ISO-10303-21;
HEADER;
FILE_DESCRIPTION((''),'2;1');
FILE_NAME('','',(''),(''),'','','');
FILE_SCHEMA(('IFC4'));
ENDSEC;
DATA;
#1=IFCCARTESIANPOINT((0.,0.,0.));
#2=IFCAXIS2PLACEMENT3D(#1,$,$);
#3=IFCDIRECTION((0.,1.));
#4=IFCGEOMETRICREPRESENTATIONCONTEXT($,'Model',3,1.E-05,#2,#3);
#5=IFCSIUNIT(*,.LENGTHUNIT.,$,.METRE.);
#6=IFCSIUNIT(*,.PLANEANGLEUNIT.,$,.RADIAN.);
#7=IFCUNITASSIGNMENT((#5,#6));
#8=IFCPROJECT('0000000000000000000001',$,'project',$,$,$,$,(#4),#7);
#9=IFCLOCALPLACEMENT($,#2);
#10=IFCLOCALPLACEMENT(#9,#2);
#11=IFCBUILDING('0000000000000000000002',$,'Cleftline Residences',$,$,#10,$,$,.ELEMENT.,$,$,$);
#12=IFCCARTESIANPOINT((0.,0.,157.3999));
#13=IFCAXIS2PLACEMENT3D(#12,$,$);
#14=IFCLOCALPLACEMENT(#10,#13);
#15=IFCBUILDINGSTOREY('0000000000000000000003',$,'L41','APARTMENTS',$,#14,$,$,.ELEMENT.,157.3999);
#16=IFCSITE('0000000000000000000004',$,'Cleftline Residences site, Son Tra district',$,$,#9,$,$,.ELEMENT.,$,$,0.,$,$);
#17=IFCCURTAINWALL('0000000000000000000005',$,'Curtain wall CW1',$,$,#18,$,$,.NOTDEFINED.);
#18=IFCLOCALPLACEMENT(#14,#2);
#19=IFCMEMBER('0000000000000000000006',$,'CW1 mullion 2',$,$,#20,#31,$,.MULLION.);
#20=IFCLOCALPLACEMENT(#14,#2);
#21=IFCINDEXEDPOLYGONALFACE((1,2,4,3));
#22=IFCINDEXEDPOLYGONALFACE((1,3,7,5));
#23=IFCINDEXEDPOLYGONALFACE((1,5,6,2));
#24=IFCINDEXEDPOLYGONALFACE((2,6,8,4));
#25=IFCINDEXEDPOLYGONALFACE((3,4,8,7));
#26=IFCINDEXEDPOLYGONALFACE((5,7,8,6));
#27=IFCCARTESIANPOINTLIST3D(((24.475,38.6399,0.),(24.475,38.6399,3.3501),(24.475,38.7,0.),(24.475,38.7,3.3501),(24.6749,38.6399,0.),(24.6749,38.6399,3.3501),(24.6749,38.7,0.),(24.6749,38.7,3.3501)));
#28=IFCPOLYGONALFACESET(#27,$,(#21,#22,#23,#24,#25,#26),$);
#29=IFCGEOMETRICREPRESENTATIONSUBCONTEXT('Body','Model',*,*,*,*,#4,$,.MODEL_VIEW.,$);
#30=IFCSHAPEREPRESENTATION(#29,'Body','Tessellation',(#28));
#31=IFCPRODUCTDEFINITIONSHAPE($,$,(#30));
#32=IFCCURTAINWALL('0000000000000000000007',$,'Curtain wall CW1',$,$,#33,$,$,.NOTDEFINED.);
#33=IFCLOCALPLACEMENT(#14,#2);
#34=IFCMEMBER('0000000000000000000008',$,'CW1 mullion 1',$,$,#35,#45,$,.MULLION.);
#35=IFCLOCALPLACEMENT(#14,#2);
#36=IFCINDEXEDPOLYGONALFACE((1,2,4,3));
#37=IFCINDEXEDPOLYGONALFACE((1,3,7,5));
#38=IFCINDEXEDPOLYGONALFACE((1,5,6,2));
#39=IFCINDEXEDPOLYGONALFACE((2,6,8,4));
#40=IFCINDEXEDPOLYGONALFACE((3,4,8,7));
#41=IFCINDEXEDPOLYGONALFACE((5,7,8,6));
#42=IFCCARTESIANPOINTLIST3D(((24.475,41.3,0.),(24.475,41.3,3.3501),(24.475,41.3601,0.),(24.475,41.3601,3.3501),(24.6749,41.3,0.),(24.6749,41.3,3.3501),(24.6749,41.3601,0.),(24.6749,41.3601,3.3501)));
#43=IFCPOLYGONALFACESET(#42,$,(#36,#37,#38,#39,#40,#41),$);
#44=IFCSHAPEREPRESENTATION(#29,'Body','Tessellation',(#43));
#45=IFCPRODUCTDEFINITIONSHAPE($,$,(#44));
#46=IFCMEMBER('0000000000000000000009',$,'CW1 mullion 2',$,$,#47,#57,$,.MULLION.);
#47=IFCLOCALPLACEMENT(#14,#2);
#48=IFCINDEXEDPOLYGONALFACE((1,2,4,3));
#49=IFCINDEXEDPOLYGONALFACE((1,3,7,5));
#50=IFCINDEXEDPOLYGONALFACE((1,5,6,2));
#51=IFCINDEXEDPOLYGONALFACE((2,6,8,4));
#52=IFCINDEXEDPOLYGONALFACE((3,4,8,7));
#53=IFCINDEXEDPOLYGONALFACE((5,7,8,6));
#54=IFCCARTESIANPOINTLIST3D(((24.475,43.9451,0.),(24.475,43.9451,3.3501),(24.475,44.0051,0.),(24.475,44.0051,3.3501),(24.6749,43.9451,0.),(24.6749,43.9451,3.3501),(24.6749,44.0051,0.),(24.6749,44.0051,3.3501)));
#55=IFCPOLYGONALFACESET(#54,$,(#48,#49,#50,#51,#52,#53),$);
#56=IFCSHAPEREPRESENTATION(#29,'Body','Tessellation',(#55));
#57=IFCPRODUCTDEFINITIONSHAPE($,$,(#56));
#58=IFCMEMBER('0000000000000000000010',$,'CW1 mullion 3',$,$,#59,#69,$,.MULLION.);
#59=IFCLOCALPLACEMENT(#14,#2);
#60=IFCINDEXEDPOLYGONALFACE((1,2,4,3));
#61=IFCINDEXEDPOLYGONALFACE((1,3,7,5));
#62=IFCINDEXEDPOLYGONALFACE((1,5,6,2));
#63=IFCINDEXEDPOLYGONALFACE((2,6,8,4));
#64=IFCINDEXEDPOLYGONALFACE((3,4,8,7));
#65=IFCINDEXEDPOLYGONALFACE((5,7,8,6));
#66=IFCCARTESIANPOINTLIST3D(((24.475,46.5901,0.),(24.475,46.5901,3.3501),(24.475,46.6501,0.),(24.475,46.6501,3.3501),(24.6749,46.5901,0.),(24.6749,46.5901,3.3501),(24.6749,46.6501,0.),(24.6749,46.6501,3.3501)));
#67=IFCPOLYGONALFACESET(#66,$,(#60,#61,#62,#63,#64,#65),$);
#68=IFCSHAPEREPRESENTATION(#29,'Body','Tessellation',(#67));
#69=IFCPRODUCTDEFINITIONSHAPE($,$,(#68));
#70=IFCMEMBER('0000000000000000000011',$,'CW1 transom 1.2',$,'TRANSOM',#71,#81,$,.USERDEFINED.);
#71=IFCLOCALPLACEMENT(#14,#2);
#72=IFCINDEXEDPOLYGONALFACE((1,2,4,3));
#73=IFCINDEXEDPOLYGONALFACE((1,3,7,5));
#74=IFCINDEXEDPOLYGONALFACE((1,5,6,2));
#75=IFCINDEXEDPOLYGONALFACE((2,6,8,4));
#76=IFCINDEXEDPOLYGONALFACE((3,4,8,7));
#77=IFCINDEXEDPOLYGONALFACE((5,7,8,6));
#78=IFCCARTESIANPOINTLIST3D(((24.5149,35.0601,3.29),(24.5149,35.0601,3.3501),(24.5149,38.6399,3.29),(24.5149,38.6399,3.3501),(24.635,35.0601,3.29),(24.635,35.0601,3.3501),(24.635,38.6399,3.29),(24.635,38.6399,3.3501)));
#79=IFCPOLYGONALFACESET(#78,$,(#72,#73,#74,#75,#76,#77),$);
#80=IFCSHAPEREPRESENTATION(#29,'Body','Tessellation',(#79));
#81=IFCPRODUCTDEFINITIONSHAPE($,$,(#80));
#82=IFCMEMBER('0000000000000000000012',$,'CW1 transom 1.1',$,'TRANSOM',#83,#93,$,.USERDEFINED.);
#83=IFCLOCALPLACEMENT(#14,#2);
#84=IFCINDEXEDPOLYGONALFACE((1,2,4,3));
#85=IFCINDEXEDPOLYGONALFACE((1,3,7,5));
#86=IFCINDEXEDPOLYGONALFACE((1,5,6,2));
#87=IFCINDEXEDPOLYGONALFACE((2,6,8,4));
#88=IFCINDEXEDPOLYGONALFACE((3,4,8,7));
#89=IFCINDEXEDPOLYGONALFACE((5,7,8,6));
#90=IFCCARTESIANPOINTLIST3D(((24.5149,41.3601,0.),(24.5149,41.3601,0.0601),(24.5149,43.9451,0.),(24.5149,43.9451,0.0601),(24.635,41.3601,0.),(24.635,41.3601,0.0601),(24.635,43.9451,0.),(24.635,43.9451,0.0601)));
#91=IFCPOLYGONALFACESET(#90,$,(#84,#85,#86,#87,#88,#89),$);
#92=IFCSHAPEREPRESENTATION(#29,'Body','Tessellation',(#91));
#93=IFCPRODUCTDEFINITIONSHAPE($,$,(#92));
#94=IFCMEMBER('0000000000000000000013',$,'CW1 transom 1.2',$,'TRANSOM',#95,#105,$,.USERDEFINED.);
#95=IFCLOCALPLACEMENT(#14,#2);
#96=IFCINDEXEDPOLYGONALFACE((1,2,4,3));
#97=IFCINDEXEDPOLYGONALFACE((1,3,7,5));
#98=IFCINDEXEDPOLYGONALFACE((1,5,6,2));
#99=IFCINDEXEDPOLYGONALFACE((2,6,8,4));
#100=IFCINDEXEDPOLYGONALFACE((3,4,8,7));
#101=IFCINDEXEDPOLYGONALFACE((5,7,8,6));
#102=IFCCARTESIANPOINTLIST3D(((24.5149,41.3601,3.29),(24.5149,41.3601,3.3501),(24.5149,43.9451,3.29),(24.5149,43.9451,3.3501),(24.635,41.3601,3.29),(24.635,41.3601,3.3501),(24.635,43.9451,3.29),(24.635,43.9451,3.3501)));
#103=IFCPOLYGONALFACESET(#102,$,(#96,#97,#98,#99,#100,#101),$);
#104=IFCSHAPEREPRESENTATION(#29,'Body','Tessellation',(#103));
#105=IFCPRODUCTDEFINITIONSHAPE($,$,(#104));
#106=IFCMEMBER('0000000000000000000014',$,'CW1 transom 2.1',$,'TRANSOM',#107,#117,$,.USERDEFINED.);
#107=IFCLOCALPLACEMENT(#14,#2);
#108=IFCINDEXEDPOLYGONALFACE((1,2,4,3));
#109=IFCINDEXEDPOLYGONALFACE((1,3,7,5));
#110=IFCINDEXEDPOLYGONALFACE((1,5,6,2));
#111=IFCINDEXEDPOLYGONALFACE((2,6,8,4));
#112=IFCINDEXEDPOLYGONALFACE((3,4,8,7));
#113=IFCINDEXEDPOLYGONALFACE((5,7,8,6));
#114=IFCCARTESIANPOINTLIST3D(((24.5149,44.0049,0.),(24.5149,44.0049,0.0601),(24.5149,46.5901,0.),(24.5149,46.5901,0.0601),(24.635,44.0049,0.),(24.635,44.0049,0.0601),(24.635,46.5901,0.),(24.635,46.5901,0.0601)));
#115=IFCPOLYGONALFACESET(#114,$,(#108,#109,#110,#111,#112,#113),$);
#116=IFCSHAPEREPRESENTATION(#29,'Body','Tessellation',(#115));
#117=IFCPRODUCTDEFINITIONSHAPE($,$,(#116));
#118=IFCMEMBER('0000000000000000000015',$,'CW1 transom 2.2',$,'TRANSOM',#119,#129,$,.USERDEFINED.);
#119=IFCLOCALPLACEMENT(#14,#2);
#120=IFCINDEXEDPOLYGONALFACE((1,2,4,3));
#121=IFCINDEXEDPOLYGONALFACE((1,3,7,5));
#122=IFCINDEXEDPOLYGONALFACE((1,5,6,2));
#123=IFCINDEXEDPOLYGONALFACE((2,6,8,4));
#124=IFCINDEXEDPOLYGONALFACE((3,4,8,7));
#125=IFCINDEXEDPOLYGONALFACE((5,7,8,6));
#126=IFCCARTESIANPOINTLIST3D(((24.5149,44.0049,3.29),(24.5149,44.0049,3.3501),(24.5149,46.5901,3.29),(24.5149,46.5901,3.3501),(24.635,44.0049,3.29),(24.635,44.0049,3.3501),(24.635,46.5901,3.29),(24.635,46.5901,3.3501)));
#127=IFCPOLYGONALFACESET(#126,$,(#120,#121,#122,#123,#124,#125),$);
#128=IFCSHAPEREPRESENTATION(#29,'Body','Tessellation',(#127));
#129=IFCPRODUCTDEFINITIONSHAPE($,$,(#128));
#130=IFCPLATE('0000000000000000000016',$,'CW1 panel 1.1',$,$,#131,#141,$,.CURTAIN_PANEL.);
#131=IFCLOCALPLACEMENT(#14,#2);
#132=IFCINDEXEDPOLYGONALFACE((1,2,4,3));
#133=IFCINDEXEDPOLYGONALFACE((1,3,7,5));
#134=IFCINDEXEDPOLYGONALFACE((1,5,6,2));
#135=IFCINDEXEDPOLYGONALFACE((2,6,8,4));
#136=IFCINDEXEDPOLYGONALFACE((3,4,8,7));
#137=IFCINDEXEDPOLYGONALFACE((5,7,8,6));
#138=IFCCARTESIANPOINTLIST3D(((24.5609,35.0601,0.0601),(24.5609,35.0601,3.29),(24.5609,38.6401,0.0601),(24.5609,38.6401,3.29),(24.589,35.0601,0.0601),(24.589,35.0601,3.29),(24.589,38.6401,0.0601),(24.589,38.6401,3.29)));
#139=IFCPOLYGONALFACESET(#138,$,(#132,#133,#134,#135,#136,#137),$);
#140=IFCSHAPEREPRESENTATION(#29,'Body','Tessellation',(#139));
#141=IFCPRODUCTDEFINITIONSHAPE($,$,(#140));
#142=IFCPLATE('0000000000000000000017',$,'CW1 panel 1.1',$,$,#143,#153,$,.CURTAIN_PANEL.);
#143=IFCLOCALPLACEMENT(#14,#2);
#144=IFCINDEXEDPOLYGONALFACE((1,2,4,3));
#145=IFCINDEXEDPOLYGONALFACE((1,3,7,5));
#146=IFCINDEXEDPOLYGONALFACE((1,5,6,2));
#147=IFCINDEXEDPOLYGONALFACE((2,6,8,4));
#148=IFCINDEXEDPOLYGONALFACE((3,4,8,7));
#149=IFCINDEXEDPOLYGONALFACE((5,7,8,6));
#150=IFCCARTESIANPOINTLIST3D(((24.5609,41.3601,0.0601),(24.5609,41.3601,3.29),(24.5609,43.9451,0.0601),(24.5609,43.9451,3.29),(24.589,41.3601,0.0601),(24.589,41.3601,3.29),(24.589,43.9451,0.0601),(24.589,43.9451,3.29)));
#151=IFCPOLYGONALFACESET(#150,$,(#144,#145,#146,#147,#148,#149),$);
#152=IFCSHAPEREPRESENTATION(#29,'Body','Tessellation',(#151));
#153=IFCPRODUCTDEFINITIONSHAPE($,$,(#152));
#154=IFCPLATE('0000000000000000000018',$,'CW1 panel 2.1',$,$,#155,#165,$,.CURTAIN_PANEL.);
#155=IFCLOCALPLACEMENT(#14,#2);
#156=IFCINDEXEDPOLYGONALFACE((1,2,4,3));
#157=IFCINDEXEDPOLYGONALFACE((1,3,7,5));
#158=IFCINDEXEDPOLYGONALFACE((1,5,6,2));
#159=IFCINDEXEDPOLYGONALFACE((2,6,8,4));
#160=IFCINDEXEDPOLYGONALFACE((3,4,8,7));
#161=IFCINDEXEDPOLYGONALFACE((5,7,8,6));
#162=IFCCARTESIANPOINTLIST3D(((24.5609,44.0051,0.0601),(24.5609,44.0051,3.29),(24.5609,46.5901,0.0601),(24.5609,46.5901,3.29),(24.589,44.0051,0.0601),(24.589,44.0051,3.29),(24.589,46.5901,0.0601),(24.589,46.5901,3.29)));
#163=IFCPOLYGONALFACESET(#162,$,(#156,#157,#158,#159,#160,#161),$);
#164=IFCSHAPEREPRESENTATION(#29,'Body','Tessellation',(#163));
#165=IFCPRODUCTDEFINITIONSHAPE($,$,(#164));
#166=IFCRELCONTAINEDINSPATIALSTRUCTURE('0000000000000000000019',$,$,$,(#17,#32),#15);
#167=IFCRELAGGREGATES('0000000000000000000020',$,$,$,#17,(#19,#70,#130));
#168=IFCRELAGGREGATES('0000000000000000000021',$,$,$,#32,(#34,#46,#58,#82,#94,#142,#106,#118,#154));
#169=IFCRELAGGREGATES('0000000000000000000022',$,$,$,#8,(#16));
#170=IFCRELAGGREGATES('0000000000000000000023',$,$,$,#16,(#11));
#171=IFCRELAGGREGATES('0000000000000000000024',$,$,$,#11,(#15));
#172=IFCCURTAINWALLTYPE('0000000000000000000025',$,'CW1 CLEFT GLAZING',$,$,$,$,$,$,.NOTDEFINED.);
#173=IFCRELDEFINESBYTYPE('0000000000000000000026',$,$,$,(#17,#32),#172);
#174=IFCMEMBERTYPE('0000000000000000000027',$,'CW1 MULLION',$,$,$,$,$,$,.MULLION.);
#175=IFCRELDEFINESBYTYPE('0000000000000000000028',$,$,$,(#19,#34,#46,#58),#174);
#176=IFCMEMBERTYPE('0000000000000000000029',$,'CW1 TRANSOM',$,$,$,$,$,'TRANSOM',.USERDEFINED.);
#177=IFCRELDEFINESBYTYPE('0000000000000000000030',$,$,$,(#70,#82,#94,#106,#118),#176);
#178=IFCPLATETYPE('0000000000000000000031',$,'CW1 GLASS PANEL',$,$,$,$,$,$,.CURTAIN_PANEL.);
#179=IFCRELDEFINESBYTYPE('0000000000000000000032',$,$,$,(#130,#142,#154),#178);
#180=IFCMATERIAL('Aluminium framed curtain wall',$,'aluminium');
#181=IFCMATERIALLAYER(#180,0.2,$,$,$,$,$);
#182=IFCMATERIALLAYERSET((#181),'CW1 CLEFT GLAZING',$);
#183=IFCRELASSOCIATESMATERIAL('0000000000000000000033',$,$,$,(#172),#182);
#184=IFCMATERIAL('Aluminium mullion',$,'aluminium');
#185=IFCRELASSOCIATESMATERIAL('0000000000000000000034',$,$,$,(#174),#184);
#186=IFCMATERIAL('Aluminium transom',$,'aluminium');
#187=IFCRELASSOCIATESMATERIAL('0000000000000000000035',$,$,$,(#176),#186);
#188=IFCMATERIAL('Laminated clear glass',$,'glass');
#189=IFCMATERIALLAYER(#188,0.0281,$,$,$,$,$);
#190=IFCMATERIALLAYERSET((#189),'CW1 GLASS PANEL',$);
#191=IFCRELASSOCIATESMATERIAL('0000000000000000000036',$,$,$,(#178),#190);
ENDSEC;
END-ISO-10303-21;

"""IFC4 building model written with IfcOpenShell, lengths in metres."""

from ifc_helpers import new_model, si_unit, direction, frame, origin, origin_2d, place, context, subcontext, project, spatial, rectangle, extrude, material, layer, layer_set, material_profile, profile_set, type_object, element, aggregate, save


model = new_model("IFC4")

# Units and contexts
model_context = context("Model", 3, precision=1e-05, world=origin(), true_north=direction((0.0, 1.0)))
body_context = subcontext(model_context, "Body", "Model", "MODEL_VIEW")
ifc_project = project(units=[si_unit("LENGTHUNIT", "METRE"), si_unit("PLANEANGLEUNIT", "RADIAN")], contexts=[model_context])

# Site, building, storey
site_placement = place(None, origin())
site = spatial("IfcSite", under=ifc_project, at=site_placement, Name="Cleftline Residences site, Son Tra district", CompositionType="ELEMENT", RefElevation=0.0)
building_placement = place(site_placement, origin())
building = spatial("IfcBuilding", under=site, at=building_placement, Name="Cleftline Residences", CompositionType="ELEMENT")
storey_placement = place(building_placement, frame((0.0, 0.0, 157.3999)))
storey = spatial("IfcBuildingStorey", under=building, at=storey_placement, Name="L41", Description="APARTMENTS", CompositionType="ELEMENT", Elevation=157.3999)

# Curtain wall, member
ifc_material_1 = material(Name="Aluminium framed curtain wall", Category="aluminium")
ifc_layer_1 = layer(ifc_material_1, 0.2)
ifc_layer_set_1 = layer_set([ifc_layer_1], Name="CW1 CLEFT GLAZING")
curtain_wall_type = type_object("IfcCurtainWallType", Name="CW1 CLEFT GLAZING", PredefinedType="NOTDEFINED", material=ifc_layer_set_1)
curtain_wall_1_placement = place(storey_placement, origin())
curtain_wall_1 = element("IfcCurtainWall", 1, at=curtain_wall_1_placement, inside=storey, type_object=curtain_wall_type, Name="Curtain wall CW1", PredefinedType="NOTDEFINED")
ifc_material_2 = material(Name="Aluminium mullion", Category="aluminium")
ifc_material_profile_1 = material_profile(ifc_material_2, rectangle(XDim=0.2, YDim=0.0601, at=origin_2d()))
ifc_profile_set_1 = profile_set([ifc_material_profile_1], Name="Aluminium mullion")
member_type_1 = type_object("IfcMemberType", Name="CW1 MULLION", PredefinedType="MULLION", material=ifc_profile_set_1)
member_1_placement = place(storey_placement, frame((24.575, 38.6699, 0.0), z_axis=(0.0, 0.0, 1.0), x_axis=(-1.0, 0.0, 0.0)))
member_1 = element("IfcMember", 2, at=member_1_placement, type_object=member_type_1, Name="CW1 mullion 2", PredefinedType="MULLION", context=body_context, shape_type="SweptSolid", body=[
    extrude(rectangle(XDim=0.2, YDim=0.0601, at=origin_2d()), origin(), (0.0, 0.0, 1.0), 3.3501),
])

# Curtain wall, members
curtain_wall_2_placement = place(storey_placement, origin())
curtain_wall_2 = element("IfcCurtainWall", 3, at=curtain_wall_2_placement, inside=storey, type_object=curtain_wall_type, Name="Curtain wall CW1", PredefinedType="NOTDEFINED")
member_2_placement = place(storey_placement, frame((24.575, 41.3301, 0.0), z_axis=(0.0, 0.0, 1.0), x_axis=(-1.0, 0.0, 0.0)))
member_2 = element("IfcMember", 4, at=member_2_placement, type_object=member_type_1, Name="CW1 mullion 1", PredefinedType="MULLION", context=body_context, shape_type="SweptSolid", body=[
    extrude(rectangle(XDim=0.2, YDim=0.0601, at=origin_2d()), origin(), (0.0, 0.0, 1.0), 3.3501),
])
member_3_placement = place(storey_placement, frame((24.575, 43.9751, 0.0), z_axis=(0.0, 0.0, 1.0), x_axis=(-1.0, 0.0, 0.0)))
member_3 = element("IfcMember", 5, at=member_3_placement, type_object=member_type_1, Name="CW1 mullion 2", PredefinedType="MULLION", context=body_context, shape_type="SweptSolid", body=[
    extrude(rectangle(XDim=0.2, YDim=0.0601, at=origin_2d()), origin(), (0.0, 0.0, 1.0), 3.3501),
])
member_4_placement = place(storey_placement, frame((24.575, 46.6201, 0.0), z_axis=(0.0, 0.0, 1.0), x_axis=(-1.0, 0.0, 0.0)))
member_4 = element("IfcMember", 6, at=member_4_placement, type_object=member_type_1, Name="CW1 mullion 3", PredefinedType="MULLION", context=body_context, shape_type="SweptSolid", body=[
    extrude(rectangle(XDim=0.2, YDim=0.0601, at=origin_2d()), origin(), (0.0, 0.0, 1.0), 3.3501),
])

# Members
ifc_material_3 = material(Name="Aluminium transom", Category="aluminium")
ifc_material_profile_2 = material_profile(ifc_material_3, rectangle(XDim=0.1201, YDim=0.0601, at=origin_2d()))
ifc_profile_set_2 = profile_set([ifc_material_profile_2], Name="Aluminium transom")
member_type_2 = type_object("IfcMemberType", Name="CW1 TRANSOM", ElementType="TRANSOM", PredefinedType="USERDEFINED", material=ifc_profile_set_2)
member_5_placement = place(storey_placement, frame((24.575, 35.0601, 3.3201), z_axis=(0.0, 1.0, 0.0), x_axis=(-1.0, 0.0, 0.0)))
member_5 = element("IfcMember", 7, at=member_5_placement, type_object=member_type_2, Name="CW1 transom 1.2", ObjectType="TRANSOM", PredefinedType="USERDEFINED", context=body_context, shape_type="SweptSolid", body=[
    extrude(rectangle(XDim=0.1201, YDim=0.0601, at=origin_2d()), origin(), (0.0, 0.0, 1.0), 3.5798),
])
member_6_placement = place(storey_placement, frame((24.575, 41.3601, 0.03), z_axis=(0.0, 1.0, 0.0), x_axis=(-1.0, 0.0, 0.0)))
member_6 = element("IfcMember", 8, at=member_6_placement, type_object=member_type_2, Name="CW1 transom 1.1", ObjectType="TRANSOM", PredefinedType="USERDEFINED", context=body_context, shape_type="SweptSolid", body=[
    extrude(rectangle(XDim=0.1201, YDim=0.0601, at=origin_2d()), origin(), (0.0, 0.0, 1.0), 2.585),
])
member_7_placement = place(storey_placement, frame((24.575, 41.3601, 3.3201), z_axis=(0.0, 1.0, 0.0), x_axis=(-1.0, 0.0, 0.0)))
member_7 = element("IfcMember", 9, at=member_7_placement, type_object=member_type_2, Name="CW1 transom 1.2", ObjectType="TRANSOM", PredefinedType="USERDEFINED", context=body_context, shape_type="SweptSolid", body=[
    extrude(rectangle(XDim=0.1201, YDim=0.0601, at=origin_2d()), origin(), (0.0, 0.0, 1.0), 2.585),
])
member_8_placement = place(storey_placement, frame((24.575, 44.0049, 0.03), z_axis=(0.0, 1.0, 0.0), x_axis=(-1.0, 0.0, 0.0)))
member_8 = element("IfcMember", 10, at=member_8_placement, type_object=member_type_2, Name="CW1 transom 2.1", ObjectType="TRANSOM", PredefinedType="USERDEFINED", context=body_context, shape_type="SweptSolid", body=[
    extrude(rectangle(XDim=0.1201, YDim=0.0601, at=origin_2d()), origin(), (0.0, 0.0, 1.0), 2.5852),
])
member_9_placement = place(storey_placement, frame((24.575, 44.0049, 3.3201), z_axis=(0.0, 1.0, 0.0), x_axis=(-1.0, 0.0, 0.0)))
member_9 = element("IfcMember", 11, at=member_9_placement, type_object=member_type_2, Name="CW1 transom 2.2", ObjectType="TRANSOM", PredefinedType="USERDEFINED", context=body_context, shape_type="SweptSolid", body=[
    extrude(rectangle(XDim=0.1201, YDim=0.0601, at=origin_2d()), origin(), (0.0, 0.0, 1.0), 2.5852),
])

# Plates
ifc_material_4 = material(Name="Laminated clear glass", Category="glass")
ifc_layer_2 = layer(ifc_material_4, 0.0281)
ifc_layer_set_2 = layer_set([ifc_layer_2], Name="CW1 GLASS PANEL")
plate_type = type_object("IfcPlateType", Name="CW1 GLASS PANEL", PredefinedType="CURTAIN_PANEL", material=ifc_layer_set_2)
plate_1_placement = place(storey_placement, frame((24.575, 36.8501, 0.0601), z_axis=(0.0, 0.0, 1.0), x_axis=(0.0, 1.0, 0.0)))
plate_1 = element("IfcPlate", 12, at=plate_1_placement, type_object=plate_type, Name="CW1 panel 1.1", PredefinedType="CURTAIN_PANEL", context=body_context, shape_type="SweptSolid", body=[
    extrude(rectangle(XDim=3.5801, YDim=0.0281, at=origin_2d()), origin(), (0.0, 0.0, 1.0), 3.23),
])
aggregate(curtain_wall_1, [member_1, member_5, plate_1])
plate_2_placement = place(storey_placement, frame((24.575, 42.6526, 0.0601), z_axis=(0.0, 0.0, 1.0), x_axis=(0.0, 1.0, 0.0)))
plate_2 = element("IfcPlate", 13, at=plate_2_placement, type_object=plate_type, Name="CW1 panel 1.1", PredefinedType="CURTAIN_PANEL", context=body_context, shape_type="SweptSolid", body=[
    extrude(rectangle(XDim=2.585, YDim=0.0281, at=origin_2d()), origin(), (0.0, 0.0, 1.0), 3.23),
])
plate_3_placement = place(storey_placement, frame((24.575, 45.2976, 0.0601), z_axis=(0.0, 0.0, 1.0), x_axis=(0.0, 1.0, 0.0)))
plate_3 = element("IfcPlate", 14, at=plate_3_placement, type_object=plate_type, Name="CW1 panel 2.1", PredefinedType="CURTAIN_PANEL", context=body_context, shape_type="SweptSolid", body=[
    extrude(rectangle(XDim=2.585, YDim=0.0281, at=origin_2d()), origin(), (0.0, 0.0, 1.0), 3.23),
])
aggregate(curtain_wall_2, [member_2, member_3, member_4, member_6, member_7, plate_2, member_8, member_9, plate_3])

save(model, "model.ifc")
